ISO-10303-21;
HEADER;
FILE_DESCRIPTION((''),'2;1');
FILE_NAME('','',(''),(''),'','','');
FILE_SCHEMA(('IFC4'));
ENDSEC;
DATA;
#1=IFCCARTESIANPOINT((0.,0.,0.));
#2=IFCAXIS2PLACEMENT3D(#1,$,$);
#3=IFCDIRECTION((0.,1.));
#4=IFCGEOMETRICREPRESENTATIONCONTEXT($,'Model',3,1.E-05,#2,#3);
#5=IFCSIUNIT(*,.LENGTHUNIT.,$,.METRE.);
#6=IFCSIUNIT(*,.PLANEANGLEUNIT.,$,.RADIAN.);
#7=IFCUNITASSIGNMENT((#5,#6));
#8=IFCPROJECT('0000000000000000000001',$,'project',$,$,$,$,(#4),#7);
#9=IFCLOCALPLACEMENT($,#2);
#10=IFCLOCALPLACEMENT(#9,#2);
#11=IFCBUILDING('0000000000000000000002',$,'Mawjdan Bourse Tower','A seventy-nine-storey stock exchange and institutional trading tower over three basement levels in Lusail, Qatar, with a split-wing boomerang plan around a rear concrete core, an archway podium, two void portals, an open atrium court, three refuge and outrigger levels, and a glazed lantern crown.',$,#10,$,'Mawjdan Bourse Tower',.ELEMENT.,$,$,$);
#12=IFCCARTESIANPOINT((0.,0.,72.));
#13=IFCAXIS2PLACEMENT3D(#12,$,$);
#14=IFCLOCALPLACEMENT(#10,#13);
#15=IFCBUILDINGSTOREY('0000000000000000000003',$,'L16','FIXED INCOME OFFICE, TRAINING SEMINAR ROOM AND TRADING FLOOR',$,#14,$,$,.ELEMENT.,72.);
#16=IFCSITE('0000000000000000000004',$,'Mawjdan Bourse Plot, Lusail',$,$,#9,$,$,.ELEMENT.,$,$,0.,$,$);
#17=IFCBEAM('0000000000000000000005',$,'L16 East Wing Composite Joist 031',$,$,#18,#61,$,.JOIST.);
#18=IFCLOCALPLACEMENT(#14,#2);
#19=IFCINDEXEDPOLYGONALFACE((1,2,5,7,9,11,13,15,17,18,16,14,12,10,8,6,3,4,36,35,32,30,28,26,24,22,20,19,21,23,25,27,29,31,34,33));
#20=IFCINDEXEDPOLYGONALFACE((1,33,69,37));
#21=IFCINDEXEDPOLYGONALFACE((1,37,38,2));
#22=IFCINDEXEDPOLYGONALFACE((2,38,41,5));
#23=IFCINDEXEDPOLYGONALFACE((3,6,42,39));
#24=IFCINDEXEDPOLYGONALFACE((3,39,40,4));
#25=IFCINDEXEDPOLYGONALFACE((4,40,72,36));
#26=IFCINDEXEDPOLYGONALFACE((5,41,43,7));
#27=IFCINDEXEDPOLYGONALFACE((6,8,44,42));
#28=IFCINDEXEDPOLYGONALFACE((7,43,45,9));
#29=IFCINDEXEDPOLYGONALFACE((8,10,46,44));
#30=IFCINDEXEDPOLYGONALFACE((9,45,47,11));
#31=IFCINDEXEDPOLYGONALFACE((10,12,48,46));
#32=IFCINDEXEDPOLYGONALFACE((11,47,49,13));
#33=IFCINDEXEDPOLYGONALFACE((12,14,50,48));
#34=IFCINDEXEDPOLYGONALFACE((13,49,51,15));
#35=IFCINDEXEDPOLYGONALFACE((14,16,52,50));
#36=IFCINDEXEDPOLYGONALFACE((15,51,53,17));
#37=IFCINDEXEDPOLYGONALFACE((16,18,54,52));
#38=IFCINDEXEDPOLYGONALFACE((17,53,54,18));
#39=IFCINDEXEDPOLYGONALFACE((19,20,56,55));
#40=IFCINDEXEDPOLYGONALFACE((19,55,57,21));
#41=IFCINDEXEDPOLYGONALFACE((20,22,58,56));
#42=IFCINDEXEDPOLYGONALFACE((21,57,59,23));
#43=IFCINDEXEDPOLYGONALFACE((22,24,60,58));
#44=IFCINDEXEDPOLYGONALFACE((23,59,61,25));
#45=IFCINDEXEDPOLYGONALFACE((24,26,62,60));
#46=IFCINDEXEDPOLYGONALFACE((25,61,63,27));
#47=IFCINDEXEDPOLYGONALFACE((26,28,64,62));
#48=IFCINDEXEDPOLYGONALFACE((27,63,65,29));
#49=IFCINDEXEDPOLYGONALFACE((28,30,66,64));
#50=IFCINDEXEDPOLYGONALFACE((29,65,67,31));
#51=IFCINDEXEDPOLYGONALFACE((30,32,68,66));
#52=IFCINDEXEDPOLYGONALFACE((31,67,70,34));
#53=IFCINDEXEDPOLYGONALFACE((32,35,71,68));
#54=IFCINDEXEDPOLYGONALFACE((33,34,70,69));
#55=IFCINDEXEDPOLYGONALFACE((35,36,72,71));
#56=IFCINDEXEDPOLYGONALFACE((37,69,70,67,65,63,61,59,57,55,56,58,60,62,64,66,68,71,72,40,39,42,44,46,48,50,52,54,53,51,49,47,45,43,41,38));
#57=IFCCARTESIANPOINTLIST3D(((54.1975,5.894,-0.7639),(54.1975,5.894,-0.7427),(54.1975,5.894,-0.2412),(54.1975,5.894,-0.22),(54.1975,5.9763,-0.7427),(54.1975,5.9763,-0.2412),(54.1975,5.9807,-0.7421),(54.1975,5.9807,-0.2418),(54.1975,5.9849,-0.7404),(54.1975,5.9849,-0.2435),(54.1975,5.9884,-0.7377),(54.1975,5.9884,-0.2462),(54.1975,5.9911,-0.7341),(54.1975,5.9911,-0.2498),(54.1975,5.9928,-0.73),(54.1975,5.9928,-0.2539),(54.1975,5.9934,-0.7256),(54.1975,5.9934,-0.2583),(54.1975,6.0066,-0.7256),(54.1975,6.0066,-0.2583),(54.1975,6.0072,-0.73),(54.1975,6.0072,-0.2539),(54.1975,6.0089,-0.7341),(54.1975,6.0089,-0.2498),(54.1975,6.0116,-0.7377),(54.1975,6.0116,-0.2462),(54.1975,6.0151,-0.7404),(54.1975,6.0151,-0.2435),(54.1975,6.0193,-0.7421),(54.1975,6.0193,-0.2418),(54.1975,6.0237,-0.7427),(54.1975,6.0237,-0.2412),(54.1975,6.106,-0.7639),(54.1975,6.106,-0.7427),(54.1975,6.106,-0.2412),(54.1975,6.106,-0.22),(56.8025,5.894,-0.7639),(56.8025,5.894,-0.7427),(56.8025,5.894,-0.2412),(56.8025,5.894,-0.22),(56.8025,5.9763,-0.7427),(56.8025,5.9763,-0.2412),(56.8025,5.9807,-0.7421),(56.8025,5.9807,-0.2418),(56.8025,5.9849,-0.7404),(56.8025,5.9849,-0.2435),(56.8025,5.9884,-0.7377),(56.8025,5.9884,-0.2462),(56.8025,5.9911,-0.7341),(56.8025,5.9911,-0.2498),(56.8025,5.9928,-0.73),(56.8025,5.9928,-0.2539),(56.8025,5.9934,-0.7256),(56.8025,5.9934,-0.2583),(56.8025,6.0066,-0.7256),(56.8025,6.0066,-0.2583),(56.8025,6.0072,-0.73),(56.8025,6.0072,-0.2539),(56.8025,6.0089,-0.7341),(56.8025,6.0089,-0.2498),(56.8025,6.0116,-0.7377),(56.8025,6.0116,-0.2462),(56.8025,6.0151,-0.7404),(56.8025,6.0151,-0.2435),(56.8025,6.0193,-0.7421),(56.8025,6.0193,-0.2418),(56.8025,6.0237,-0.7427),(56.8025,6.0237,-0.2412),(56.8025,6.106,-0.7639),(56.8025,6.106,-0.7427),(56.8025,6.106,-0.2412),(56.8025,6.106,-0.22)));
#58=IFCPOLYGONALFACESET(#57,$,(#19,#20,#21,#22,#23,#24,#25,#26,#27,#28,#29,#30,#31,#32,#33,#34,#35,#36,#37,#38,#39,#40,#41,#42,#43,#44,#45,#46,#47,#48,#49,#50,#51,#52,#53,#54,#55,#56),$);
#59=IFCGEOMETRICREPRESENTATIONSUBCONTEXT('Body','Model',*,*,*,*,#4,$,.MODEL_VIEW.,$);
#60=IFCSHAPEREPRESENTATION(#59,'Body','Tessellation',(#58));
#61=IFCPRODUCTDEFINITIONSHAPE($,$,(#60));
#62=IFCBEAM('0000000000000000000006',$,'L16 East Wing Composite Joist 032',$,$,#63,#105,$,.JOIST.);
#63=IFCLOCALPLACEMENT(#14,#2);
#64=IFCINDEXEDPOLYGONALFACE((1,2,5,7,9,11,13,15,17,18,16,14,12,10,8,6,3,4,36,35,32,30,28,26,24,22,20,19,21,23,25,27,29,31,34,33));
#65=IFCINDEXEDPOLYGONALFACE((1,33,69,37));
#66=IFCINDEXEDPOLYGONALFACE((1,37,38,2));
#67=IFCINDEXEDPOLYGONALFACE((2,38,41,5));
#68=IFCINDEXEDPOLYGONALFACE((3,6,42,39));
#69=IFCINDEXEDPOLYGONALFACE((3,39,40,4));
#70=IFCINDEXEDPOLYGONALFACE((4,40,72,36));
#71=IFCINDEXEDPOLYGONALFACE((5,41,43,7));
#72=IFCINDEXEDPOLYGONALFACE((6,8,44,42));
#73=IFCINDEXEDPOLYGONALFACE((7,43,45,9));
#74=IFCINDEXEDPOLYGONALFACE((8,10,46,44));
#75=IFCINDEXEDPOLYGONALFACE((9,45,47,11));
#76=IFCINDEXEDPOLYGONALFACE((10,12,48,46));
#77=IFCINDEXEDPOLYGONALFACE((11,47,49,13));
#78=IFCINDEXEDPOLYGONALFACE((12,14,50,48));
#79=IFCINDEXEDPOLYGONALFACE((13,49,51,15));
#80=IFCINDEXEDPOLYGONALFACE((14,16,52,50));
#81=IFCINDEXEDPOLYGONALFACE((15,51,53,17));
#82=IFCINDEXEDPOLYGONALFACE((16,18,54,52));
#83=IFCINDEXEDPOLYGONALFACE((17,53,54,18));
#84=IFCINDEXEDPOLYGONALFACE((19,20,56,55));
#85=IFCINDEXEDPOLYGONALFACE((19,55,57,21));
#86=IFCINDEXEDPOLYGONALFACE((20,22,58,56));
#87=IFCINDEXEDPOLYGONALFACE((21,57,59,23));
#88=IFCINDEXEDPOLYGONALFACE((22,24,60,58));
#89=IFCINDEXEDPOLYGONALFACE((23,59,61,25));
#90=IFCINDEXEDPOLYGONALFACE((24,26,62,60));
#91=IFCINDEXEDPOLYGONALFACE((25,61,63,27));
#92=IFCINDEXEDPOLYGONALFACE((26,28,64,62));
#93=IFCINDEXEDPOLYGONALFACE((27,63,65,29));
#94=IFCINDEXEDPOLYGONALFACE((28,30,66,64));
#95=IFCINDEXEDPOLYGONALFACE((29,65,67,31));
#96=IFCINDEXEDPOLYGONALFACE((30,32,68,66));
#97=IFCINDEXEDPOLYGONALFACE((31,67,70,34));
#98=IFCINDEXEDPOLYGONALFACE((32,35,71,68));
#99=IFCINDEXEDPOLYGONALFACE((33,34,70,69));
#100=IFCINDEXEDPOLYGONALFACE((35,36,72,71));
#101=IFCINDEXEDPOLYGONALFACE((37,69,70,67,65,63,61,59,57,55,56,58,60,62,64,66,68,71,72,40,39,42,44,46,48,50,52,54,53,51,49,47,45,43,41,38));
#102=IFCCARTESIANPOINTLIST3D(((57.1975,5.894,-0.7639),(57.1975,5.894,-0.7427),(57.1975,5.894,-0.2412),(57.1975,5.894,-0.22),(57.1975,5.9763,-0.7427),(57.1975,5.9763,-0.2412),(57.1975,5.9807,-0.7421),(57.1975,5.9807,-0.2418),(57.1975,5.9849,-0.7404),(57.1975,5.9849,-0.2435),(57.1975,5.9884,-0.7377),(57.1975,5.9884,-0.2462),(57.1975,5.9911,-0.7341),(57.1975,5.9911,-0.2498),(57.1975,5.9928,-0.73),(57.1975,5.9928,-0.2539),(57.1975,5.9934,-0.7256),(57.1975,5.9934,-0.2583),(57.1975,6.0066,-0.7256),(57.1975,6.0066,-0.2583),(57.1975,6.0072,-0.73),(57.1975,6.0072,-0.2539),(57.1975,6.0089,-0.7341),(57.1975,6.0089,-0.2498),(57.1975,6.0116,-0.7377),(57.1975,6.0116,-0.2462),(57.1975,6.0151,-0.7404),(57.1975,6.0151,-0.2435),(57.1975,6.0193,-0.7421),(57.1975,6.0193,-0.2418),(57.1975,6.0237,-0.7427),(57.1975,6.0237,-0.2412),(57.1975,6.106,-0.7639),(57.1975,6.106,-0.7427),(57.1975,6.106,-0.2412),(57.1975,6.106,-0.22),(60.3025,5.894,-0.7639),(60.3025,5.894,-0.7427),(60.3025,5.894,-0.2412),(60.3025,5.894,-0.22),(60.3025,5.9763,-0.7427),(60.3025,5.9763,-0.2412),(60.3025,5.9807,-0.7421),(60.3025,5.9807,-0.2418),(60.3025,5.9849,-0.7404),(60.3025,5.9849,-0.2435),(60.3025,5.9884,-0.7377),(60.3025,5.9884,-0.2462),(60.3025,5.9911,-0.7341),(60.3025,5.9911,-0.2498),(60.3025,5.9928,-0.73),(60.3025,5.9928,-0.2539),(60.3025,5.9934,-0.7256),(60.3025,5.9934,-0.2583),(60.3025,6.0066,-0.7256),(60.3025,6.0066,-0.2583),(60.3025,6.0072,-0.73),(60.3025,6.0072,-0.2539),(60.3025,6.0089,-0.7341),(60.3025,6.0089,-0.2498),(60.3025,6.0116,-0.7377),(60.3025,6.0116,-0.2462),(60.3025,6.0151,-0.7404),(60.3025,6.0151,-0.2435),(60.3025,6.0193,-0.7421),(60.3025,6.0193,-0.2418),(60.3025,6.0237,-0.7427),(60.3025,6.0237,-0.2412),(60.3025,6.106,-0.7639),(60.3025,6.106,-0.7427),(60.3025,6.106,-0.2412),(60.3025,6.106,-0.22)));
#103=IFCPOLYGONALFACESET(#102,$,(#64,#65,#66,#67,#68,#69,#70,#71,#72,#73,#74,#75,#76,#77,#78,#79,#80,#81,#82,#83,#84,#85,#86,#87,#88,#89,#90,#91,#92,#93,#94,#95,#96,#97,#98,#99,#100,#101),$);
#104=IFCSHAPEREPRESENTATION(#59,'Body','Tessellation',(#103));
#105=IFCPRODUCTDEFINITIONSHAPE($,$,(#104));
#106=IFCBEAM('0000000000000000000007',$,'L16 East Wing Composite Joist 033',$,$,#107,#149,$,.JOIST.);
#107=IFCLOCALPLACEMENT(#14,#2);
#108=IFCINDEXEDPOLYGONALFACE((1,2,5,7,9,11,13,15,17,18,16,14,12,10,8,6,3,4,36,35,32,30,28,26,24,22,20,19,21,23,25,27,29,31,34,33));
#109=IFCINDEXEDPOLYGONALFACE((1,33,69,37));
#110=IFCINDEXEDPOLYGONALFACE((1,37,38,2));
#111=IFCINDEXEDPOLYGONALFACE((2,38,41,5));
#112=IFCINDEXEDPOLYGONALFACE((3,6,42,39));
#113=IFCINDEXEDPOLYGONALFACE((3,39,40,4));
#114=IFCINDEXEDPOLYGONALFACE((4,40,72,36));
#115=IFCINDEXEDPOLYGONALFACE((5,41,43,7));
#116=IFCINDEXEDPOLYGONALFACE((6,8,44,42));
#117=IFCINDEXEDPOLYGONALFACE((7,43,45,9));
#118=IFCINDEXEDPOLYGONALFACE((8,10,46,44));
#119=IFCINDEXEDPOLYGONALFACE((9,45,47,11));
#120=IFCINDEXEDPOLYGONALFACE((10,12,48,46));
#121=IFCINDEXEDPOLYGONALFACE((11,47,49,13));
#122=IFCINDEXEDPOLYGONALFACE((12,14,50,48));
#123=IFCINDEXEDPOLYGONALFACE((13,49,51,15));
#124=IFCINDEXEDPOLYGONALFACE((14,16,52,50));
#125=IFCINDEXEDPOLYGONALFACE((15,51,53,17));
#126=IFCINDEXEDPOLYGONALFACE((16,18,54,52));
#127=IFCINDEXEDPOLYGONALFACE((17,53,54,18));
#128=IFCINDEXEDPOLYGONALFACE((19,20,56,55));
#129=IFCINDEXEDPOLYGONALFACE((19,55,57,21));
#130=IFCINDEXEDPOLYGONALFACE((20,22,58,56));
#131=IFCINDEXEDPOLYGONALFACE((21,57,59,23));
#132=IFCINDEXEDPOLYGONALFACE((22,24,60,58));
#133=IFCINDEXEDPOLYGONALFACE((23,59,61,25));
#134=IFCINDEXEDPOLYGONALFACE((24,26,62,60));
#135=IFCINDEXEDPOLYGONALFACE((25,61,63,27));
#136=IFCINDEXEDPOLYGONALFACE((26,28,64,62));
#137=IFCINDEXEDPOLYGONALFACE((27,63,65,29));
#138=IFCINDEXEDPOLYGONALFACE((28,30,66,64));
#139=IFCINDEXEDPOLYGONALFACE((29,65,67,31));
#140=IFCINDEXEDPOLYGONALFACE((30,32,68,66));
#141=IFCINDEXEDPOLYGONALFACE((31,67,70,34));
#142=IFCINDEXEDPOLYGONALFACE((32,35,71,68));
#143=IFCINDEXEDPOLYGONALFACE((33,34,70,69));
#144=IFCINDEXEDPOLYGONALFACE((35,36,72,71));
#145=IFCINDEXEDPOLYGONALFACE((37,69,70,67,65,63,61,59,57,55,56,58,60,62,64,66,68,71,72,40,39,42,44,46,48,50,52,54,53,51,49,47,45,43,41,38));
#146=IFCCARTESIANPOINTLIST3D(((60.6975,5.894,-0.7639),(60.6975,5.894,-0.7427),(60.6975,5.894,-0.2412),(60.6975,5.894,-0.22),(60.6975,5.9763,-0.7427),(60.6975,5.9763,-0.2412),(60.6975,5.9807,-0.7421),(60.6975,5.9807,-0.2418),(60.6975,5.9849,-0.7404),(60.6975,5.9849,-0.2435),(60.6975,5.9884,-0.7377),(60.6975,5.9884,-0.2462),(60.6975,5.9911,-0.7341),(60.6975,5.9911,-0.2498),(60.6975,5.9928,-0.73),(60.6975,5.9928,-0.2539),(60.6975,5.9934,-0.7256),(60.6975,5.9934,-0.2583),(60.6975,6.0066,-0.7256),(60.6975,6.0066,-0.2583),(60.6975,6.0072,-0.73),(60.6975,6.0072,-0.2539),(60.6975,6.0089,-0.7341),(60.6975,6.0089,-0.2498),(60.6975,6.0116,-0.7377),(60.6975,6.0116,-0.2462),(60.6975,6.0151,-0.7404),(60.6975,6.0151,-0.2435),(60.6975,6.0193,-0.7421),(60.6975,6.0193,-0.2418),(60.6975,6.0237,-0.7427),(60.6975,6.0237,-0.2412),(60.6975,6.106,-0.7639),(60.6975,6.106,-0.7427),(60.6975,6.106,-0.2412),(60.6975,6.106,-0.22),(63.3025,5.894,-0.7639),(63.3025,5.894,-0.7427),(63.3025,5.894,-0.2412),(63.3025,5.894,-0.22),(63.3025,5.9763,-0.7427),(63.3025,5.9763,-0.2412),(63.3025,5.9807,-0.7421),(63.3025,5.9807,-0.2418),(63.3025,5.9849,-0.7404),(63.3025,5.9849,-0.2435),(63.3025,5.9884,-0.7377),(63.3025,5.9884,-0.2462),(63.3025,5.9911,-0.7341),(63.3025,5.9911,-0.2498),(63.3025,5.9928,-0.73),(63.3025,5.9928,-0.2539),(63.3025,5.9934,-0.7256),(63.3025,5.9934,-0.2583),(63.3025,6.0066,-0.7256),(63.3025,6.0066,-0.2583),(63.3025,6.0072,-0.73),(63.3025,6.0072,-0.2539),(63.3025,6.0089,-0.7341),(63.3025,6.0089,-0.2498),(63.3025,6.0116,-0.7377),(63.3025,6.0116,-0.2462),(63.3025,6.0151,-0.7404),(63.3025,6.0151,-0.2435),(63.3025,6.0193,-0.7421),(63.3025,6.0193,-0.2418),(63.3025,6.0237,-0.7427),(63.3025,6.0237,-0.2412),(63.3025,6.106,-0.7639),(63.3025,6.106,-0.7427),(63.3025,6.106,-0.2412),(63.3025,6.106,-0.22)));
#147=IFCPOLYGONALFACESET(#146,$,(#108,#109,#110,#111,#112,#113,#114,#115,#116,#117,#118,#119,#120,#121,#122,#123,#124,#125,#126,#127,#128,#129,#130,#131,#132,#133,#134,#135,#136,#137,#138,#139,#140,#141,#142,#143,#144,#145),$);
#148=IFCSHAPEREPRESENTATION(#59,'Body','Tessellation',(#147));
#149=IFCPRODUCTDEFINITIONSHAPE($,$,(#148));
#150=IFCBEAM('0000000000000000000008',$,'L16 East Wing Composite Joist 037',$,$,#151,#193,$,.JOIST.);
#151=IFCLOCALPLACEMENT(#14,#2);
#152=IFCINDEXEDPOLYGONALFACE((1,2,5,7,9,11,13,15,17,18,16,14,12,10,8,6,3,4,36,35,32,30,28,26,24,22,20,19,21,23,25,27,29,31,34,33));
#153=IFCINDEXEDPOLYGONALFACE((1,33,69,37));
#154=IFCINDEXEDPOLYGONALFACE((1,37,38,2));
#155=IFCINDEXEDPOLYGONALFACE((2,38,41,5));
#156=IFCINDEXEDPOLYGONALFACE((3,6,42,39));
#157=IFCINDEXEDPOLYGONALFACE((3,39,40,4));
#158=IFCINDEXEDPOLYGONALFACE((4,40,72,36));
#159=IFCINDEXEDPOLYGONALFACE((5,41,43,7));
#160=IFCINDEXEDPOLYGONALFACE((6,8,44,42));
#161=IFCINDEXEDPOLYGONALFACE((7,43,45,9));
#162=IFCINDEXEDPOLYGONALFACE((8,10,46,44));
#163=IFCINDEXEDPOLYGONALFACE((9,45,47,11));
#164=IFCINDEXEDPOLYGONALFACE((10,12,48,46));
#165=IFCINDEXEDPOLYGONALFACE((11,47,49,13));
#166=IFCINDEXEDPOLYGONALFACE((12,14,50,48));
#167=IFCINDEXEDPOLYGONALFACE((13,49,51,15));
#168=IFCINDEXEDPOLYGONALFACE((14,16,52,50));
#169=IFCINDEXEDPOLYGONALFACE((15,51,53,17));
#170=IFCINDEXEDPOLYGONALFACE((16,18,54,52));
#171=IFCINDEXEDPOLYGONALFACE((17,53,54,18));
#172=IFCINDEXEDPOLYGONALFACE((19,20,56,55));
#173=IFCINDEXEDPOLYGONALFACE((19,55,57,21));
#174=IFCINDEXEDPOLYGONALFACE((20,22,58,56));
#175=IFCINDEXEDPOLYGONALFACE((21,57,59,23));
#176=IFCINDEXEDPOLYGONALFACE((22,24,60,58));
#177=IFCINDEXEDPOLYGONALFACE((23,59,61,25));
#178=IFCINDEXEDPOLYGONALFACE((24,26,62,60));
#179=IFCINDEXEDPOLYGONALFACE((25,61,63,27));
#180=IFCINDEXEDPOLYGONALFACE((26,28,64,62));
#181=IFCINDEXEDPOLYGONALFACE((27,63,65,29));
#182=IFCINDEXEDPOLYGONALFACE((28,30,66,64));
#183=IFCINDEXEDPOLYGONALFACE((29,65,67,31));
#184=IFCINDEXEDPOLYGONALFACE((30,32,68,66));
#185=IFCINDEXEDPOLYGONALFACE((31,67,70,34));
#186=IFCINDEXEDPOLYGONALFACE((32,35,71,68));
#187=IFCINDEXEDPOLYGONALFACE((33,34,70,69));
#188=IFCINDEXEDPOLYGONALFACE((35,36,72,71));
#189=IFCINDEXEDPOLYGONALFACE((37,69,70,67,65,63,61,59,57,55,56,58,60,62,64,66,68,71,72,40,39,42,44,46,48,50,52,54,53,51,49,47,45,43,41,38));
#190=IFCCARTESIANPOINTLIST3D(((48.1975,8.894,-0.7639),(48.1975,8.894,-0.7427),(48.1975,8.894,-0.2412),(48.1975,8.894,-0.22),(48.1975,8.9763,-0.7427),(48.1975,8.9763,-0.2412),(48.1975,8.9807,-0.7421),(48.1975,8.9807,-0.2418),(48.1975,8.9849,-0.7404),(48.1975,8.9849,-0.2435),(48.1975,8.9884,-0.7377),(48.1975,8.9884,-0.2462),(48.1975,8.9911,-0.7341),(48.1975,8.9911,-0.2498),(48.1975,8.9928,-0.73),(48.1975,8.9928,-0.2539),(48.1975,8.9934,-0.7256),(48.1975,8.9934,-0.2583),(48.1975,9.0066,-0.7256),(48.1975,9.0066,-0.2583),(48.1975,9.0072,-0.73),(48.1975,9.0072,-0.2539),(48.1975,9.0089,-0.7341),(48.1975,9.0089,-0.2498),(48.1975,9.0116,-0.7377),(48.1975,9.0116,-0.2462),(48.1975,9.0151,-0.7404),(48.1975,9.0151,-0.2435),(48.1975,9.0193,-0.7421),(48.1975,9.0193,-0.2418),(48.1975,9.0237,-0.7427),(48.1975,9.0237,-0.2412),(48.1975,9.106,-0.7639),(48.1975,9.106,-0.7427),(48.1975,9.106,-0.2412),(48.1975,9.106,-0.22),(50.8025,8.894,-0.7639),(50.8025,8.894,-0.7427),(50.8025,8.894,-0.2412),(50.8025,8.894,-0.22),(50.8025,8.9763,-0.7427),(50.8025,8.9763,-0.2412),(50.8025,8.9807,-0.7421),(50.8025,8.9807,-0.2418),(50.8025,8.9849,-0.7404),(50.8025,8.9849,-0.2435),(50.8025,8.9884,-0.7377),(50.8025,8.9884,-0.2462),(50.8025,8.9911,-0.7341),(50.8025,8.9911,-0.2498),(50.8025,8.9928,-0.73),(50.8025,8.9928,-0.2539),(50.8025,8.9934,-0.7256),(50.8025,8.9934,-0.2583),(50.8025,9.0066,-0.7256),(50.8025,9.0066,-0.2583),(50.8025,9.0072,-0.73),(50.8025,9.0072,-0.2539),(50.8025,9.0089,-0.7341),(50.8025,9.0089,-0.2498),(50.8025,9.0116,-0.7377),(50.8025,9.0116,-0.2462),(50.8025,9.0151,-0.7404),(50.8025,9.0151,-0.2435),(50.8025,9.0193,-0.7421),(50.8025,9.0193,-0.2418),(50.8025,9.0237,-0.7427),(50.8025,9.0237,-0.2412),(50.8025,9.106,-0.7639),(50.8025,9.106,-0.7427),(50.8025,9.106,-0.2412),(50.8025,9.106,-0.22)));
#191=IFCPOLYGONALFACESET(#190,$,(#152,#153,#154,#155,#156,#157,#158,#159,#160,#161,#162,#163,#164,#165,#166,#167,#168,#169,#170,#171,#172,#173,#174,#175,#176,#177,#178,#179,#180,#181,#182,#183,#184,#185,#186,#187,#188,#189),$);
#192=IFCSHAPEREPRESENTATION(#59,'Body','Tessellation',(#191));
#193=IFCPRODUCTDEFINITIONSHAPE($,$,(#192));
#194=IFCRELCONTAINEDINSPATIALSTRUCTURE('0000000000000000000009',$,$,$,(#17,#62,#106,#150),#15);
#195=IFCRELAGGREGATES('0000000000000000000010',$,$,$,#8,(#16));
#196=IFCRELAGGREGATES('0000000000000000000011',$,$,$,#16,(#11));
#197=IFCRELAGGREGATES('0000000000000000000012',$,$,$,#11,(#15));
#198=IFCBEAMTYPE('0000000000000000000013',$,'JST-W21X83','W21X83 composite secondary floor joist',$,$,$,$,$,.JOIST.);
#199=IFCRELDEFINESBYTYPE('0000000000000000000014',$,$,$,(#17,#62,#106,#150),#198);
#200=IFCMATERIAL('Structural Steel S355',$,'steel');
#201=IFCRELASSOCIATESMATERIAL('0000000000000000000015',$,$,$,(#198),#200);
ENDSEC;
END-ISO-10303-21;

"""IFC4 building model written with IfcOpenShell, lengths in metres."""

from ifc_helpers import new_model, si_unit, direction, frame, origin, origin_2d, place, context, subcontext, project, spatial, i_section, extrude, material, material_profile, profile_set, type_object, element, save


model = new_model("IFC4")

# Units and contexts
model_context = context("Model", 3, precision=1e-05, world=origin(), true_north=direction((0.0, 1.0)))
body_context = subcontext(model_context, "Body", "Model", "MODEL_VIEW")
ifc_project = project(units=[si_unit("LENGTHUNIT", "METRE"), si_unit("PLANEANGLEUNIT", "RADIAN")], contexts=[model_context])

# Site, building, storey
site_placement = place(None, origin())
site = spatial("IfcSite", under=ifc_project, at=site_placement, Name="Mawjdan Bourse Plot, Lusail", CompositionType="ELEMENT", RefElevation=0.0)
building_placement = place(site_placement, origin())
building = spatial("IfcBuilding", under=site, at=building_placement, Name="Mawjdan Bourse Tower", Description="A seventy-nine-storey stock exchange and institutional trading tower over three basement levels in Lusail, Qatar, with a split-wing boomerang plan around a rear concrete core, an archway podium, two void portals, an open atrium court, three refuge and outrigger levels, and a glazed lantern crown.", LongName="Mawjdan Bourse Tower", CompositionType="ELEMENT")
storey_placement = place(building_placement, frame((0.0, 0.0, 72.0)))
storey = spatial("IfcBuildingStorey", under=building, at=storey_placement, Name="L16", Description="FIXED INCOME OFFICE, TRAINING SEMINAR ROOM AND TRADING FLOOR", CompositionType="ELEMENT", Elevation=72.0)

# Beams
ifc_material_1 = material(Name="Structural Steel S355", Category="steel")
ifc_material_profile_1 = material_profile(ifc_material_1, i_section(OverallWidth=0.2119, OverallDepth=0.5439, WebThickness=0.0132, FlangeThickness=0.0212, FilletRadius=0.0171, at=origin_2d()), Name="W21X83")
ifc_profile_set_1 = profile_set([ifc_material_profile_1], Name="Structural Steel S355")
beam_type_1 = type_object("IfcBeamType", Name="JST-W21X83", Description="W21X83 composite secondary floor joist", PredefinedType="JOIST", material=ifc_profile_set_1)
for number, where, z_axis, x_axis, name in (
    (1, (54.1975, 6.0, -0.4919), (1.0, 0.0, 0.0), (0.0, 1.0, 0.0), "L16 East Wing Composite Joist 031"),
):
    element("IfcBeam", number, at=place(storey_placement, frame(where, z_axis=z_axis, x_axis=x_axis)), inside=storey, type_object=beam_type_1, Name=name, PredefinedType="JOIST", context=body_context, shape_type="SweptSolid", body=[
        extrude(i_section(OverallWidth=0.2119, OverallDepth=0.5439, WebThickness=0.0132, FlangeThickness=0.0212, FilletRadius=0.0171, at=origin_2d()), origin(), (0.0, 0.0, 1.0), 2.605),
    ])
beam_1_placement = place(storey_placement, frame((57.1975, 6.0, -0.4919), z_axis=(1.0, 0.0, 0.0), x_axis=(0.0, 1.0, 0.0)))
element("IfcBeam", 2, at=beam_1_placement, inside=storey, type_object=beam_type_1, Name="L16 East Wing Composite Joist 032", PredefinedType="JOIST", context=body_context, shape_type="SweptSolid", body=[
    extrude(i_section(OverallWidth=0.2119, OverallDepth=0.5439, WebThickness=0.0132, FlangeThickness=0.0212, FilletRadius=0.0171, at=origin_2d()), origin(), (0.0, 0.0, 1.0), 3.105),
])
for number, where, z_axis, x_axis, name in (
    (3, (60.6975, 6.0, -0.4919), (1.0, 0.0, 0.0), (0.0, 1.0, 0.0), "L16 East Wing Composite Joist 033"),
    (4, (48.1975, 9.0, -0.4919), (1.0, 0.0, 0.0), (0.0, 1.0, 0.0), "L16 East Wing Composite Joist 037"),
):
    element("IfcBeam", number, at=place(storey_placement, frame(where, z_axis=z_axis, x_axis=x_axis)), inside=storey, type_object=beam_type_1, Name=name, PredefinedType="JOIST", context=body_context, shape_type="SweptSolid", body=[
        extrude(i_section(OverallWidth=0.2119, OverallDepth=0.5439, WebThickness=0.0132, FlangeThickness=0.0212, FilletRadius=0.0171, at=origin_2d()), origin(), (0.0, 0.0, 1.0), 2.605),
    ])

save(model, "model.ifc")
